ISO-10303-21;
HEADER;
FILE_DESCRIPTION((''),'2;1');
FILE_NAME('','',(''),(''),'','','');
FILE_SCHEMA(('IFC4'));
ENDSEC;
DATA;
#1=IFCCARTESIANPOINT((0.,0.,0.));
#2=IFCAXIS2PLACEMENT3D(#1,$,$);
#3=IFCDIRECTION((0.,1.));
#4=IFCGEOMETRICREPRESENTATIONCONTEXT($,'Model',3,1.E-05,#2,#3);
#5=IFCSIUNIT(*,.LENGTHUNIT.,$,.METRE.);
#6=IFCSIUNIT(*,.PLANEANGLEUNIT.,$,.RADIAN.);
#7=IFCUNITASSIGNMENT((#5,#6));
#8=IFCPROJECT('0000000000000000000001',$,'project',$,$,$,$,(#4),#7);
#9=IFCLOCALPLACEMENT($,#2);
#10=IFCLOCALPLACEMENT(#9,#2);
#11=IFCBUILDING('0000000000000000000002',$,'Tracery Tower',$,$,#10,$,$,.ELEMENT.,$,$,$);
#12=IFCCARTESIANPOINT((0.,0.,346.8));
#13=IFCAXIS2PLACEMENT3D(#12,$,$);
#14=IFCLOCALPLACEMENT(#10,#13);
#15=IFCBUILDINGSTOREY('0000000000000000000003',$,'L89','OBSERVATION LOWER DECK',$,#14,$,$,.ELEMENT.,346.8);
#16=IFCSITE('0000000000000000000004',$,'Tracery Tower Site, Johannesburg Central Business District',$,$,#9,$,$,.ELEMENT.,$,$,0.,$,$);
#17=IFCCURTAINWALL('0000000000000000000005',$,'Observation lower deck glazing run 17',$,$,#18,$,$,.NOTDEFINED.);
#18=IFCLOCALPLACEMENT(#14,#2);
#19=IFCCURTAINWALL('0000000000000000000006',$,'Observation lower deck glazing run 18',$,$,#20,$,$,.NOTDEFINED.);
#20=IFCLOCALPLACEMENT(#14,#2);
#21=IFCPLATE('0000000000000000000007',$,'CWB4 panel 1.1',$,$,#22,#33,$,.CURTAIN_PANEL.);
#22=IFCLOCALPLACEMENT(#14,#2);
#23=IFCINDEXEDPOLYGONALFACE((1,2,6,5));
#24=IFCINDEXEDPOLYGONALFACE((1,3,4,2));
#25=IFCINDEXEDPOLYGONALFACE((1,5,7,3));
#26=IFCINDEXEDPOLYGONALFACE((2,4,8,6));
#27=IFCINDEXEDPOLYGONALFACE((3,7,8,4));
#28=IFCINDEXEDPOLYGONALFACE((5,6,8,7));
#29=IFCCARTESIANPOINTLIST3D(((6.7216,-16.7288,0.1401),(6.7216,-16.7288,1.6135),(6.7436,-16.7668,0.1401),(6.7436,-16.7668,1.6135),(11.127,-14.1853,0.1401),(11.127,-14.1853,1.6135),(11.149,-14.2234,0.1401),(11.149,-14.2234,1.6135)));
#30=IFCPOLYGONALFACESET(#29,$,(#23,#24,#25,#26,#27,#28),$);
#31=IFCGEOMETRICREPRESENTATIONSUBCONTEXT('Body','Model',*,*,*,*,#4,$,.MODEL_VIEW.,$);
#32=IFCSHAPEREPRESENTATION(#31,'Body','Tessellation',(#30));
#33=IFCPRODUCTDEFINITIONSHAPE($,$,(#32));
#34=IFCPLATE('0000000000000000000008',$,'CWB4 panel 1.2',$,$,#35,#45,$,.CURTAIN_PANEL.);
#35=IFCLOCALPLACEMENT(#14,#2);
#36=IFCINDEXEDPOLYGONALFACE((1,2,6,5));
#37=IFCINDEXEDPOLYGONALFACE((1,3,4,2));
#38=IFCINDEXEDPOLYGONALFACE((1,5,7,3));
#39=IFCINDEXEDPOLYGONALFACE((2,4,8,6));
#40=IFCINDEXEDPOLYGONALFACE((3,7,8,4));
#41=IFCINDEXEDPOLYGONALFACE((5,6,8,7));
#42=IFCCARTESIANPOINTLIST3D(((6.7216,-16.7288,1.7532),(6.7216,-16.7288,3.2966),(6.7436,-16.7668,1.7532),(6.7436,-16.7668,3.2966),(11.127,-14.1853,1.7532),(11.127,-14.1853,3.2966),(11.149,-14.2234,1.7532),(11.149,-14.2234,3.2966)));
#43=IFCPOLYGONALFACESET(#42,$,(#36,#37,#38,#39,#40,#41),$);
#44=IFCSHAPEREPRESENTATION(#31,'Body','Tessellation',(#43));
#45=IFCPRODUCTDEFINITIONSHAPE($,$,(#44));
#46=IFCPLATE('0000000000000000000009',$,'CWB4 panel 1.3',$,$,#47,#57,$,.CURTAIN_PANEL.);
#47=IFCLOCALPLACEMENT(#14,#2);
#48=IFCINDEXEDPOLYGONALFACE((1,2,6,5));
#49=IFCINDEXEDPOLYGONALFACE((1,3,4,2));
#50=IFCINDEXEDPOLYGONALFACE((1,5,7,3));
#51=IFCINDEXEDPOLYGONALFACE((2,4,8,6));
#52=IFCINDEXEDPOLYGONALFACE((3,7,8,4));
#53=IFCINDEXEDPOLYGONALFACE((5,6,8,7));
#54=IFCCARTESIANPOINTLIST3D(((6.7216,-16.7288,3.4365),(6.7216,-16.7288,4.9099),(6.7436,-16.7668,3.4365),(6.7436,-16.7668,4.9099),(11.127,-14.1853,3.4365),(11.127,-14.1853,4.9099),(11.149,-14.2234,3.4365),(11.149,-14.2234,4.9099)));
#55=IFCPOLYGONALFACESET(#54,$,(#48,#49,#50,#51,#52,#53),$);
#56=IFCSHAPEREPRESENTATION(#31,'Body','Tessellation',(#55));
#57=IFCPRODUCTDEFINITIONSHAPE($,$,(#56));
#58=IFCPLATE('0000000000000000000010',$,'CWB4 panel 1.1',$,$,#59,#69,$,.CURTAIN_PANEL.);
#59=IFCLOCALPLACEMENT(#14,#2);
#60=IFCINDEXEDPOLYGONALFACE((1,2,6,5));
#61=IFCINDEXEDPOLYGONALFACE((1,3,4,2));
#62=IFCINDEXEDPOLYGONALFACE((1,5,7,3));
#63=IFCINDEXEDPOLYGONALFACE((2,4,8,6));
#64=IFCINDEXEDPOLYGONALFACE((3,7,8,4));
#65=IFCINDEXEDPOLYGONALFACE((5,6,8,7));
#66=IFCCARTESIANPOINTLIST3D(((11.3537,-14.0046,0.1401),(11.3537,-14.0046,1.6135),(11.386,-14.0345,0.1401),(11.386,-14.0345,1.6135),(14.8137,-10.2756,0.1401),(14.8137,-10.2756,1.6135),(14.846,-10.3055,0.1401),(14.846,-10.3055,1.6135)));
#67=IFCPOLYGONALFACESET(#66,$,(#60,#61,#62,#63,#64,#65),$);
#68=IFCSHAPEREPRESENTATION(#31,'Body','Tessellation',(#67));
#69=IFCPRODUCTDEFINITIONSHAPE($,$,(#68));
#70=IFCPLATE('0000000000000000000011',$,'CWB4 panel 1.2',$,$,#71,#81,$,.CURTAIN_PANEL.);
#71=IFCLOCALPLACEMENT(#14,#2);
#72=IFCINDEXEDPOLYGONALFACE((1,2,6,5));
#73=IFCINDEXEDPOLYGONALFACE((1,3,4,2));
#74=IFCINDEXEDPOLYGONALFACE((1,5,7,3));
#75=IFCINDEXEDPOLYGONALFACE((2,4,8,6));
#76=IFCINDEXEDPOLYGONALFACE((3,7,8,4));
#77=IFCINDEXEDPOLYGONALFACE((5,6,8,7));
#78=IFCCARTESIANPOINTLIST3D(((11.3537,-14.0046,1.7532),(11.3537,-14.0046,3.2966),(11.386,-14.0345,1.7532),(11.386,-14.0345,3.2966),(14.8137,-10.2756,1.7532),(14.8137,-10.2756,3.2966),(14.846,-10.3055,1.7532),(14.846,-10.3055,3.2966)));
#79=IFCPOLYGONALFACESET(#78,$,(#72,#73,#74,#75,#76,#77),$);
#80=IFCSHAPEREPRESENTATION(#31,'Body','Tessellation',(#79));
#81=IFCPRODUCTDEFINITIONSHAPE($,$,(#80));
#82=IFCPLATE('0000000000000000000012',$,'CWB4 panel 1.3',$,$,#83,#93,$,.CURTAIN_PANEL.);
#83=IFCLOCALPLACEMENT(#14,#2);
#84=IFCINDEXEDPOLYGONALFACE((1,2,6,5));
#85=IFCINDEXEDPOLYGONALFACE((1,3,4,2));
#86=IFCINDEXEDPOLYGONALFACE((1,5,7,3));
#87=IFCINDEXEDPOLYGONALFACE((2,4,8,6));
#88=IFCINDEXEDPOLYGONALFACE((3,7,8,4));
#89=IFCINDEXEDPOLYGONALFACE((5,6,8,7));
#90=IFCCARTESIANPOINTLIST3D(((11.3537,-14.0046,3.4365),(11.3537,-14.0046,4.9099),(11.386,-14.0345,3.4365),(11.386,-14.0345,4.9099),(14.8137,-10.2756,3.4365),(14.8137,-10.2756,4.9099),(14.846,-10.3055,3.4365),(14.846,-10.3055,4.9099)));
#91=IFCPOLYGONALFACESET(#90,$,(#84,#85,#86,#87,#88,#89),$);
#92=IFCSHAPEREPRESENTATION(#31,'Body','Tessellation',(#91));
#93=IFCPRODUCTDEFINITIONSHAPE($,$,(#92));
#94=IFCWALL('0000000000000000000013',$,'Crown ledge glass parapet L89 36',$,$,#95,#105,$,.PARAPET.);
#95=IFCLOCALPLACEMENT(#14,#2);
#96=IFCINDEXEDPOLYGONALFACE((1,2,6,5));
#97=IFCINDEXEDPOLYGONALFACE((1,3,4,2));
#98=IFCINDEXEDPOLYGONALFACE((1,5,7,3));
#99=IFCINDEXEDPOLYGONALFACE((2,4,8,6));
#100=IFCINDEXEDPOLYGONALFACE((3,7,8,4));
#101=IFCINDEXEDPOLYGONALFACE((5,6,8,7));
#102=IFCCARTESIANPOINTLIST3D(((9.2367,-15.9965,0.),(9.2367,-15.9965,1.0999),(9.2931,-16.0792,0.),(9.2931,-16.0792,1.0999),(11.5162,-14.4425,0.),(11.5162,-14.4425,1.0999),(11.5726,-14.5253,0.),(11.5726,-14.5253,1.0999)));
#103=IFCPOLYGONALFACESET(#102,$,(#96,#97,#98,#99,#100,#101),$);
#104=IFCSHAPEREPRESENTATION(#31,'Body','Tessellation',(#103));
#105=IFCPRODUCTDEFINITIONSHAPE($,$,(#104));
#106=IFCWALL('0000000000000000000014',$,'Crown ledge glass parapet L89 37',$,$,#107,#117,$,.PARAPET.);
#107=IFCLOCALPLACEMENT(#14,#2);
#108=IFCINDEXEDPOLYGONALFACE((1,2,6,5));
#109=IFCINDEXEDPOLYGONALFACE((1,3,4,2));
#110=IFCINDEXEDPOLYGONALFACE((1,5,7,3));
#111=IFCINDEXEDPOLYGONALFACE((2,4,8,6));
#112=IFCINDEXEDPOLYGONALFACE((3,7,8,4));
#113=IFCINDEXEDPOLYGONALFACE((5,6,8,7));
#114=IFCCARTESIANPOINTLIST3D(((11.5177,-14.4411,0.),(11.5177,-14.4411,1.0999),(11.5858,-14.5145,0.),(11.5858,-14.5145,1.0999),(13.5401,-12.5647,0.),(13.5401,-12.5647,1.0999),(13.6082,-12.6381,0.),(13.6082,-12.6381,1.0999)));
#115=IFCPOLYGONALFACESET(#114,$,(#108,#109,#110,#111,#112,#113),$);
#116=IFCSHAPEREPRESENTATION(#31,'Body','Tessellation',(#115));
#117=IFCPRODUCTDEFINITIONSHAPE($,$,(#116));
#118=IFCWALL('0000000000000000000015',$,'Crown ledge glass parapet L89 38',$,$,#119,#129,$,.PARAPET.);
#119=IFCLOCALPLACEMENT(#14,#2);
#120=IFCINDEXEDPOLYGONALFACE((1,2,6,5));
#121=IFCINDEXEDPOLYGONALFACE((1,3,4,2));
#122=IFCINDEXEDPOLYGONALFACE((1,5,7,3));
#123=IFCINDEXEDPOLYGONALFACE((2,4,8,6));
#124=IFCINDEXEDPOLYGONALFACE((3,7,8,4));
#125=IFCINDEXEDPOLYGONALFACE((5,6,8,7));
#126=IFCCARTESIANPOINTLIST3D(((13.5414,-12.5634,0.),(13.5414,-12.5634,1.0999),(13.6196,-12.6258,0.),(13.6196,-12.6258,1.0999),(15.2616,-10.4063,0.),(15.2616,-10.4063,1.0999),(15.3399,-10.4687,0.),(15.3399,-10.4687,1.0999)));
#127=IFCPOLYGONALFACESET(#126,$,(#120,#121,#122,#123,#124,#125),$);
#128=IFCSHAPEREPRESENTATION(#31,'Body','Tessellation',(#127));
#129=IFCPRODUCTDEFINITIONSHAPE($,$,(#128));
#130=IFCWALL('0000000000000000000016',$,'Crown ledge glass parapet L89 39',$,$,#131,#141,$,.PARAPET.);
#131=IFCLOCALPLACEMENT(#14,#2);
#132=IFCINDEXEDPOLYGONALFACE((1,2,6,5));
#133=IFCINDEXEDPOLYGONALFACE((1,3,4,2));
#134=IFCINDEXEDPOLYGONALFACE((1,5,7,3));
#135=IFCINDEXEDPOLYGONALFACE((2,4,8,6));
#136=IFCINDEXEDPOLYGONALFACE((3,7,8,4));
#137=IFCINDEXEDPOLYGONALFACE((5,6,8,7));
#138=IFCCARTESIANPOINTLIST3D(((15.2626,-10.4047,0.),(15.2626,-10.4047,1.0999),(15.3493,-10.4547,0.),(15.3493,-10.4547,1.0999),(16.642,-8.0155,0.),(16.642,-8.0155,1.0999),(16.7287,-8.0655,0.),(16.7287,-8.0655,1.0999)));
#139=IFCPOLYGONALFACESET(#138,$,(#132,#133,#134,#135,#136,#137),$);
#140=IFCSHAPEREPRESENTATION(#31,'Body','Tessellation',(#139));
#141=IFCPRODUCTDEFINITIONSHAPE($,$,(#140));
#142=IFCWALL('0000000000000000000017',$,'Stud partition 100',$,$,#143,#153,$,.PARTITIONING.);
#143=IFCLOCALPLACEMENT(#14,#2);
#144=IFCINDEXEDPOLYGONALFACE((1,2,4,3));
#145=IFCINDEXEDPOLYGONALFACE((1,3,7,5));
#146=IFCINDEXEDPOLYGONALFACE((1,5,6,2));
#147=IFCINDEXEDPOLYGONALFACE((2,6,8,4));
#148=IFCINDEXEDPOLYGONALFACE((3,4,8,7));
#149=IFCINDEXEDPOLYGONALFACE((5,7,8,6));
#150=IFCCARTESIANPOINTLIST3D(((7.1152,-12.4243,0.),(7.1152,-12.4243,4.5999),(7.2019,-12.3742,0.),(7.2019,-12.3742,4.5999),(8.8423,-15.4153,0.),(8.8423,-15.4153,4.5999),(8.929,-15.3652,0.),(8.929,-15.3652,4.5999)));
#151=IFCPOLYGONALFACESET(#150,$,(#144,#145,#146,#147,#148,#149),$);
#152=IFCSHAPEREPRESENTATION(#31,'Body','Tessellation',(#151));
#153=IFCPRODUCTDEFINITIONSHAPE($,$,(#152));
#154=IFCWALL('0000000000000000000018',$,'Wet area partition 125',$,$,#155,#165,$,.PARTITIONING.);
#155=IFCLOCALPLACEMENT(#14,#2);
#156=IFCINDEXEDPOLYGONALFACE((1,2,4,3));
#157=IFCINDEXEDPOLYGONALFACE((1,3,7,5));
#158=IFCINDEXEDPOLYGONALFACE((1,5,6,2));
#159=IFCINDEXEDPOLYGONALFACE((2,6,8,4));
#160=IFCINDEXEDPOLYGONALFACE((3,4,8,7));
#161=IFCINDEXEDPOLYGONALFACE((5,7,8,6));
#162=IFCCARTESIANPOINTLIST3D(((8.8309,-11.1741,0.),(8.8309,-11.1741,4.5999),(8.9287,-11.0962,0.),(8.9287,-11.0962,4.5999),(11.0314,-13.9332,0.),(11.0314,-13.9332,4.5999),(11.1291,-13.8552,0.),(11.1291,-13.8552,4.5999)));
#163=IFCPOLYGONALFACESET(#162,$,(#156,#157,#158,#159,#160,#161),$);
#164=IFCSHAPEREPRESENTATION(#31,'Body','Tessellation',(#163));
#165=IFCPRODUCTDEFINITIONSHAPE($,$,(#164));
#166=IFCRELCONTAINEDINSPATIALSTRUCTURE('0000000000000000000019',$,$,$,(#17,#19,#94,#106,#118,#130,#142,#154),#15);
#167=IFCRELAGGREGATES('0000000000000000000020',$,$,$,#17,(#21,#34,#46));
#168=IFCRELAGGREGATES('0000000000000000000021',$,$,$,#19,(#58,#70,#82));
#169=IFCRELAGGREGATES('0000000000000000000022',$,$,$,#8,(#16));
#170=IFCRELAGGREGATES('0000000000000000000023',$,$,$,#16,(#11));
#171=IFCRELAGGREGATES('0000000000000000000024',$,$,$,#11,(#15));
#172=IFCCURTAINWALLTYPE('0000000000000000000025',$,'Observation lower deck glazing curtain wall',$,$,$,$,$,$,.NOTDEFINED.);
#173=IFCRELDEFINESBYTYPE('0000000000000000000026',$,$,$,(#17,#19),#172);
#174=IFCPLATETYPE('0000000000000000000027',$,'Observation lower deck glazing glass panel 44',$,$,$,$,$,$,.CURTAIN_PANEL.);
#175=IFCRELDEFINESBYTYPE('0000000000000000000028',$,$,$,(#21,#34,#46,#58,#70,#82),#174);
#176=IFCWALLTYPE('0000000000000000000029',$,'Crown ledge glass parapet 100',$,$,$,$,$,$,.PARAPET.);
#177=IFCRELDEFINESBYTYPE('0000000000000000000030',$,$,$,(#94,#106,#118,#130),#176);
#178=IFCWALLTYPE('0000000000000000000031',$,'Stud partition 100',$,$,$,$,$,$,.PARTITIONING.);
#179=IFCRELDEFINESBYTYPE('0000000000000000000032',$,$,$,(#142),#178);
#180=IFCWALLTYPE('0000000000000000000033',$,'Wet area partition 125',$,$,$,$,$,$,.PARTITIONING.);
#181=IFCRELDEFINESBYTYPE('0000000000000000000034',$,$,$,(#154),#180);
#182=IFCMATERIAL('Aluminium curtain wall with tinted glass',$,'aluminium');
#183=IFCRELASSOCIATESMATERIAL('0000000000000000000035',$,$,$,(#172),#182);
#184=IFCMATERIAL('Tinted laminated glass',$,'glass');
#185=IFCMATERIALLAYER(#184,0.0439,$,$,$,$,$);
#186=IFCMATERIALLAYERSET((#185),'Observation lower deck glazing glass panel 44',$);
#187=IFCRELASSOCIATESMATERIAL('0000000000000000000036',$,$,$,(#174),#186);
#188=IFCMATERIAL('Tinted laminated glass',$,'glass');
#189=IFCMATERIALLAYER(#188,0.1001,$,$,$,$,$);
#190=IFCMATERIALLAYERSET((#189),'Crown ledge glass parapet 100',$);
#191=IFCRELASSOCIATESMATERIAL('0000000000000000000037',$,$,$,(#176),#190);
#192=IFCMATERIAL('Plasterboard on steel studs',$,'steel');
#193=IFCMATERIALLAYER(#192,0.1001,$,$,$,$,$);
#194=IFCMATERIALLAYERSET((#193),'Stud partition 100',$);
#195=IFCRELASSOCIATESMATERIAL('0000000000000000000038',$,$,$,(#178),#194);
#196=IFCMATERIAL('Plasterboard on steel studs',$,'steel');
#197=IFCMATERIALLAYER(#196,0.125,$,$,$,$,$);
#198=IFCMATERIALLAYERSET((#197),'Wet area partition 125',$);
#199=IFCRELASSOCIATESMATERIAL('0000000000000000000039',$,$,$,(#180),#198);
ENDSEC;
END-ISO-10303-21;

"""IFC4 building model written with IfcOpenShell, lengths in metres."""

from ifc_helpers import new_model, si_unit, direction, frame, frame_2d, origin, origin_2d, place, context, subcontext, project, spatial, rectangle, extrude, material, layer, layer_set, type_object, element, aggregate, save


model = new_model("IFC4")

# Units and contexts
model_context = context("Model", 3, precision=1e-05, world=origin(), true_north=direction((0.0, 1.0)))
body_context = subcontext(model_context, "Body", "Model", "MODEL_VIEW")
ifc_project = project(units=[si_unit("LENGTHUNIT", "METRE"), si_unit("PLANEANGLEUNIT", "RADIAN")], contexts=[model_context])

# Site, building, storey
site_placement = place(None, origin())
site = spatial("IfcSite", under=ifc_project, at=site_placement, Name="Tracery Tower Site, Johannesburg Central Business District", CompositionType="ELEMENT", RefElevation=0.0)
building_placement = place(site_placement, origin())
building = spatial("IfcBuilding", under=site, at=building_placement, Name="Tracery Tower", CompositionType="ELEMENT")
storey_placement = place(building_placement, frame((0.0, 0.0, 346.8)))
storey = spatial("IfcBuildingStorey", under=building, at=storey_placement, Name="L89", Description="OBSERVATION LOWER DECK", CompositionType="ELEMENT", Elevation=346.8)

# Curtain wall
ifc_material_1 = material(Name="Aluminium curtain wall with tinted glass", Category="aluminium")
curtain_wall_type = type_object("IfcCurtainWallType", Name="Observation lower deck glazing curtain wall", PredefinedType="NOTDEFINED", material=ifc_material_1)
curtain_wall_1_placement = place(storey_placement, origin())
curtain_wall_1 = element("IfcCurtainWall", 1, at=curtain_wall_1_placement, inside=storey, type_object=curtain_wall_type, Name="Observation lower deck glazing run 17", PredefinedType="NOTDEFINED")

# Curtain wall
curtain_wall_2_placement = place(storey_placement, origin())
curtain_wall_2 = element("IfcCurtainWall", 2, at=curtain_wall_2_placement, inside=storey, type_object=curtain_wall_type, Name="Observation lower deck glazing run 18", PredefinedType="NOTDEFINED")

# Plates
ifc_material_2 = material(Name="Tinted laminated glass", Category="glass")
ifc_layer_1 = layer(ifc_material_2, 0.0439)
ifc_layer_set_1 = layer_set([ifc_layer_1], Name="Observation lower deck glazing glass panel 44")
plate_type = type_object("IfcPlateType", Name="Observation lower deck glazing glass panel 44", PredefinedType="CURTAIN_PANEL", material=ifc_layer_set_1)
plate_1_placement = place(storey_placement, frame((8.9353, -15.4761, 0.1401), z_axis=(0.0, 0.0, 1.0), x_axis=(0.866026, 0.5, 0.0)))
plate_1 = element("IfcPlate", 3, at=plate_1_placement, type_object=plate_type, Name="CWB4 panel 1.1", PredefinedType="CURTAIN_PANEL", context=body_context, shape_type="SweptSolid", body=[
    extrude(rectangle(XDim=5.0869, YDim=0.0439, at=origin_2d()), origin(), (0.0, 0.0, 1.0), 1.4734),
])
plate_2_placement = place(storey_placement, frame((8.9353, -15.4761, 1.7532), z_axis=(0.0, 0.0, 1.0), x_axis=(0.866026, 0.5, 0.0)))
plate_2 = element("IfcPlate", 4, at=plate_2_placement, type_object=plate_type, Name="CWB4 panel 1.2", PredefinedType="CURTAIN_PANEL", context=body_context, shape_type="SweptSolid", body=[
    extrude(rectangle(XDim=5.0869, YDim=0.0439, at=origin_2d()), origin(), (0.0, 0.0, 1.0), 1.5435),
])
plate_3_placement = place(storey_placement, frame((8.9353, -15.4761, 3.4365), z_axis=(0.0, 0.0, 1.0), x_axis=(0.866026, 0.5, 0.0)))
plate_3 = element("IfcPlate", 5, at=plate_3_placement, type_object=plate_type, Name="CWB4 panel 1.3", PredefinedType="CURTAIN_PANEL", context=body_context, shape_type="SweptSolid", body=[
    extrude(rectangle(XDim=5.0869, YDim=0.0439, at=origin_2d()), origin(), (0.0, 0.0, 1.0), 1.4734),
])
aggregate(curtain_wall_1, [plate_1, plate_2, plate_3])
plate_4_placement = place(storey_placement, frame((13.0999, -12.155, 0.1401), z_axis=(0.0, 0.0, 1.0), x_axis=(0.680176, 0.733049, 0.0)))
plate_4 = element("IfcPlate", 6, at=plate_4_placement, type_object=plate_type, Name="CWB4 panel 1.1", PredefinedType="CURTAIN_PANEL", context=body_context, shape_type="SweptSolid", body=[
    extrude(rectangle(XDim=5.0869, YDim=0.0439, at=origin_2d()), origin(), (0.0, 0.0, 1.0), 1.4734),
])
plate_5_placement = place(storey_placement, frame((13.0999, -12.155, 1.7532), z_axis=(0.0, 0.0, 1.0), x_axis=(0.680176, 0.733049, 0.0)))
plate_5 = element("IfcPlate", 7, at=plate_5_placement, type_object=plate_type, Name="CWB4 panel 1.2", PredefinedType="CURTAIN_PANEL", context=body_context, shape_type="SweptSolid", body=[
    extrude(rectangle(XDim=5.0869, YDim=0.0439, at=origin_2d()), origin(), (0.0, 0.0, 1.0), 1.5435),
])
plate_6_placement = place(storey_placement, frame((13.0999, -12.155, 3.4365), z_axis=(0.0, 0.0, 1.0), x_axis=(0.680176, 0.733049, 0.0)))
plate_6 = element("IfcPlate", 8, at=plate_6_placement, type_object=plate_type, Name="CWB4 panel 1.3", PredefinedType="CURTAIN_PANEL", context=body_context, shape_type="SweptSolid", body=[
    extrude(rectangle(XDim=5.0869, YDim=0.0439, at=origin_2d()), origin(), (0.0, 0.0, 1.0), 1.4734),
])
aggregate(curtain_wall_2, [plate_4, plate_5, plate_6])

# Walls
ifc_material_3 = material(Name="Tinted laminated glass", Category="glass")
ifc_layer_2 = layer(ifc_material_3, 0.1001)
ifc_layer_set_2 = layer_set([ifc_layer_2], Name="Crown ledge glass parapet 100")
wall_type_1 = type_object("IfcWallType", Name="Crown ledge glass parapet 100", PredefinedType="PARAPET", material=ifc_layer_set_2)
for number, where, z_axis, x_axis, name in (
    (9, (9.2649, -16.0378, 0.0), (0.0, 0.0, 1.0), (0.826274, 0.563268, 0.0), "Crown ledge glass parapet L89 36"),
    (10, (11.5518, -14.4778, 0.0), (0.0, 0.0, 1.0), (0.733071, 0.680152, 0.0), "Crown ledge glass parapet L89 37"),
):
    element("IfcWall", number, at=place(storey_placement, frame(where, z_axis=z_axis, x_axis=x_axis)), inside=storey, type_object=wall_type_1, Name=name, PredefinedType="PARAPET", context=body_context, shape_type="SweptSolid", body=[
        extrude(rectangle(XDim=2.7588, YDim=0.1001, at=frame_2d((1.3794, 0.0))), origin(), (0.0, 0.0, 1.0), 1.0999),
    ])
wall_1_placement = place(storey_placement, frame((13.5806, -12.5945, 0.0), z_axis=(0.0, 0.0, 1.0), x_axis=(0.623507, 0.781818, 0.0)))
element("IfcWall", 11, at=wall_1_placement, inside=storey, type_object=wall_type_1, Name="Crown ledge glass parapet L89 38", PredefinedType="PARAPET", context=body_context, shape_type="SweptSolid", body=[
    extrude(rectangle(XDim=2.759, YDim=0.1001, at=frame_2d((1.3794, 0.0))), origin(), (0.0, 0.0, 1.0), 1.0999),
])
wall_2_placement = place(storey_placement, frame((15.3059, -10.4297, 0.0), z_axis=(0.0, 0.0, 1.0), x_axis=(0.500003, 0.866023, 0.0)))
element("IfcWall", 12, at=wall_2_placement, inside=storey, type_object=wall_type_1, Name="Crown ledge glass parapet L89 39", PredefinedType="PARAPET", context=body_context, shape_type="SweptSolid", body=[
    extrude(rectangle(XDim=2.7588, YDim=0.1001, at=frame_2d((1.3794, 0.0))), origin(), (0.0, 0.0, 1.0), 1.0999),
])
ifc_material_4 = material(Name="Plasterboard on steel studs", Category="steel")
ifc_layer_3 = layer(ifc_material_4, 0.1001)
ifc_layer_set_3 = layer_set([ifc_layer_3], Name="Stud partition 100")
wall_type_2 = type_object("IfcWallType", Name="Stud partition 100", PredefinedType="PARTITIONING", material=ifc_layer_set_3)
wall_3_placement = place(storey_placement, frame((8.8857, -15.3904, 0.0), z_axis=(0.0, 0.0, 1.0), x_axis=(-0.500047, 0.865998, 0.0)))
element("IfcWall", 13, at=wall_3_placement, inside=storey, type_object=wall_type_2, Name="Stud partition 100", PredefinedType="PARTITIONING", context=body_context, shape_type="SweptSolid", body=[
    extrude(rectangle(XDim=3.4539, YDim=0.1001, at=frame_2d((1.7271, 0.0))), origin(), (0.0, 0.0, 1.0), 4.5999),
])
ifc_material_5 = material(Name="Plasterboard on steel studs", Category="steel")
ifc_layer_4 = layer(ifc_material_5, 0.125)
ifc_layer_set_4 = layer_set([ifc_layer_4], Name="Wet area partition 125")
wall_type_3 = type_object("IfcWallType", Name="Wet area partition 125", PredefinedType="PARTITIONING", material=ifc_layer_set_4)
wall_4_placement = place(storey_placement, frame((11.0803, -13.8943, 0.0), z_axis=(0.0, 0.0, 1.0), x_axis=(-0.623522, 0.781806, 0.0)))
element("IfcWall", 14, at=wall_4_placement, inside=storey, type_object=wall_type_3, Name="Wet area partition 125", PredefinedType="PARTITIONING", context=body_context, shape_type="SweptSolid", body=[
    extrude(rectangle(XDim=3.5291, YDim=0.125, at=frame_2d((1.7646, 0.0))), origin(), (0.0, 0.0, 1.0), 4.5999),
])

save(model, "model.ifc")
